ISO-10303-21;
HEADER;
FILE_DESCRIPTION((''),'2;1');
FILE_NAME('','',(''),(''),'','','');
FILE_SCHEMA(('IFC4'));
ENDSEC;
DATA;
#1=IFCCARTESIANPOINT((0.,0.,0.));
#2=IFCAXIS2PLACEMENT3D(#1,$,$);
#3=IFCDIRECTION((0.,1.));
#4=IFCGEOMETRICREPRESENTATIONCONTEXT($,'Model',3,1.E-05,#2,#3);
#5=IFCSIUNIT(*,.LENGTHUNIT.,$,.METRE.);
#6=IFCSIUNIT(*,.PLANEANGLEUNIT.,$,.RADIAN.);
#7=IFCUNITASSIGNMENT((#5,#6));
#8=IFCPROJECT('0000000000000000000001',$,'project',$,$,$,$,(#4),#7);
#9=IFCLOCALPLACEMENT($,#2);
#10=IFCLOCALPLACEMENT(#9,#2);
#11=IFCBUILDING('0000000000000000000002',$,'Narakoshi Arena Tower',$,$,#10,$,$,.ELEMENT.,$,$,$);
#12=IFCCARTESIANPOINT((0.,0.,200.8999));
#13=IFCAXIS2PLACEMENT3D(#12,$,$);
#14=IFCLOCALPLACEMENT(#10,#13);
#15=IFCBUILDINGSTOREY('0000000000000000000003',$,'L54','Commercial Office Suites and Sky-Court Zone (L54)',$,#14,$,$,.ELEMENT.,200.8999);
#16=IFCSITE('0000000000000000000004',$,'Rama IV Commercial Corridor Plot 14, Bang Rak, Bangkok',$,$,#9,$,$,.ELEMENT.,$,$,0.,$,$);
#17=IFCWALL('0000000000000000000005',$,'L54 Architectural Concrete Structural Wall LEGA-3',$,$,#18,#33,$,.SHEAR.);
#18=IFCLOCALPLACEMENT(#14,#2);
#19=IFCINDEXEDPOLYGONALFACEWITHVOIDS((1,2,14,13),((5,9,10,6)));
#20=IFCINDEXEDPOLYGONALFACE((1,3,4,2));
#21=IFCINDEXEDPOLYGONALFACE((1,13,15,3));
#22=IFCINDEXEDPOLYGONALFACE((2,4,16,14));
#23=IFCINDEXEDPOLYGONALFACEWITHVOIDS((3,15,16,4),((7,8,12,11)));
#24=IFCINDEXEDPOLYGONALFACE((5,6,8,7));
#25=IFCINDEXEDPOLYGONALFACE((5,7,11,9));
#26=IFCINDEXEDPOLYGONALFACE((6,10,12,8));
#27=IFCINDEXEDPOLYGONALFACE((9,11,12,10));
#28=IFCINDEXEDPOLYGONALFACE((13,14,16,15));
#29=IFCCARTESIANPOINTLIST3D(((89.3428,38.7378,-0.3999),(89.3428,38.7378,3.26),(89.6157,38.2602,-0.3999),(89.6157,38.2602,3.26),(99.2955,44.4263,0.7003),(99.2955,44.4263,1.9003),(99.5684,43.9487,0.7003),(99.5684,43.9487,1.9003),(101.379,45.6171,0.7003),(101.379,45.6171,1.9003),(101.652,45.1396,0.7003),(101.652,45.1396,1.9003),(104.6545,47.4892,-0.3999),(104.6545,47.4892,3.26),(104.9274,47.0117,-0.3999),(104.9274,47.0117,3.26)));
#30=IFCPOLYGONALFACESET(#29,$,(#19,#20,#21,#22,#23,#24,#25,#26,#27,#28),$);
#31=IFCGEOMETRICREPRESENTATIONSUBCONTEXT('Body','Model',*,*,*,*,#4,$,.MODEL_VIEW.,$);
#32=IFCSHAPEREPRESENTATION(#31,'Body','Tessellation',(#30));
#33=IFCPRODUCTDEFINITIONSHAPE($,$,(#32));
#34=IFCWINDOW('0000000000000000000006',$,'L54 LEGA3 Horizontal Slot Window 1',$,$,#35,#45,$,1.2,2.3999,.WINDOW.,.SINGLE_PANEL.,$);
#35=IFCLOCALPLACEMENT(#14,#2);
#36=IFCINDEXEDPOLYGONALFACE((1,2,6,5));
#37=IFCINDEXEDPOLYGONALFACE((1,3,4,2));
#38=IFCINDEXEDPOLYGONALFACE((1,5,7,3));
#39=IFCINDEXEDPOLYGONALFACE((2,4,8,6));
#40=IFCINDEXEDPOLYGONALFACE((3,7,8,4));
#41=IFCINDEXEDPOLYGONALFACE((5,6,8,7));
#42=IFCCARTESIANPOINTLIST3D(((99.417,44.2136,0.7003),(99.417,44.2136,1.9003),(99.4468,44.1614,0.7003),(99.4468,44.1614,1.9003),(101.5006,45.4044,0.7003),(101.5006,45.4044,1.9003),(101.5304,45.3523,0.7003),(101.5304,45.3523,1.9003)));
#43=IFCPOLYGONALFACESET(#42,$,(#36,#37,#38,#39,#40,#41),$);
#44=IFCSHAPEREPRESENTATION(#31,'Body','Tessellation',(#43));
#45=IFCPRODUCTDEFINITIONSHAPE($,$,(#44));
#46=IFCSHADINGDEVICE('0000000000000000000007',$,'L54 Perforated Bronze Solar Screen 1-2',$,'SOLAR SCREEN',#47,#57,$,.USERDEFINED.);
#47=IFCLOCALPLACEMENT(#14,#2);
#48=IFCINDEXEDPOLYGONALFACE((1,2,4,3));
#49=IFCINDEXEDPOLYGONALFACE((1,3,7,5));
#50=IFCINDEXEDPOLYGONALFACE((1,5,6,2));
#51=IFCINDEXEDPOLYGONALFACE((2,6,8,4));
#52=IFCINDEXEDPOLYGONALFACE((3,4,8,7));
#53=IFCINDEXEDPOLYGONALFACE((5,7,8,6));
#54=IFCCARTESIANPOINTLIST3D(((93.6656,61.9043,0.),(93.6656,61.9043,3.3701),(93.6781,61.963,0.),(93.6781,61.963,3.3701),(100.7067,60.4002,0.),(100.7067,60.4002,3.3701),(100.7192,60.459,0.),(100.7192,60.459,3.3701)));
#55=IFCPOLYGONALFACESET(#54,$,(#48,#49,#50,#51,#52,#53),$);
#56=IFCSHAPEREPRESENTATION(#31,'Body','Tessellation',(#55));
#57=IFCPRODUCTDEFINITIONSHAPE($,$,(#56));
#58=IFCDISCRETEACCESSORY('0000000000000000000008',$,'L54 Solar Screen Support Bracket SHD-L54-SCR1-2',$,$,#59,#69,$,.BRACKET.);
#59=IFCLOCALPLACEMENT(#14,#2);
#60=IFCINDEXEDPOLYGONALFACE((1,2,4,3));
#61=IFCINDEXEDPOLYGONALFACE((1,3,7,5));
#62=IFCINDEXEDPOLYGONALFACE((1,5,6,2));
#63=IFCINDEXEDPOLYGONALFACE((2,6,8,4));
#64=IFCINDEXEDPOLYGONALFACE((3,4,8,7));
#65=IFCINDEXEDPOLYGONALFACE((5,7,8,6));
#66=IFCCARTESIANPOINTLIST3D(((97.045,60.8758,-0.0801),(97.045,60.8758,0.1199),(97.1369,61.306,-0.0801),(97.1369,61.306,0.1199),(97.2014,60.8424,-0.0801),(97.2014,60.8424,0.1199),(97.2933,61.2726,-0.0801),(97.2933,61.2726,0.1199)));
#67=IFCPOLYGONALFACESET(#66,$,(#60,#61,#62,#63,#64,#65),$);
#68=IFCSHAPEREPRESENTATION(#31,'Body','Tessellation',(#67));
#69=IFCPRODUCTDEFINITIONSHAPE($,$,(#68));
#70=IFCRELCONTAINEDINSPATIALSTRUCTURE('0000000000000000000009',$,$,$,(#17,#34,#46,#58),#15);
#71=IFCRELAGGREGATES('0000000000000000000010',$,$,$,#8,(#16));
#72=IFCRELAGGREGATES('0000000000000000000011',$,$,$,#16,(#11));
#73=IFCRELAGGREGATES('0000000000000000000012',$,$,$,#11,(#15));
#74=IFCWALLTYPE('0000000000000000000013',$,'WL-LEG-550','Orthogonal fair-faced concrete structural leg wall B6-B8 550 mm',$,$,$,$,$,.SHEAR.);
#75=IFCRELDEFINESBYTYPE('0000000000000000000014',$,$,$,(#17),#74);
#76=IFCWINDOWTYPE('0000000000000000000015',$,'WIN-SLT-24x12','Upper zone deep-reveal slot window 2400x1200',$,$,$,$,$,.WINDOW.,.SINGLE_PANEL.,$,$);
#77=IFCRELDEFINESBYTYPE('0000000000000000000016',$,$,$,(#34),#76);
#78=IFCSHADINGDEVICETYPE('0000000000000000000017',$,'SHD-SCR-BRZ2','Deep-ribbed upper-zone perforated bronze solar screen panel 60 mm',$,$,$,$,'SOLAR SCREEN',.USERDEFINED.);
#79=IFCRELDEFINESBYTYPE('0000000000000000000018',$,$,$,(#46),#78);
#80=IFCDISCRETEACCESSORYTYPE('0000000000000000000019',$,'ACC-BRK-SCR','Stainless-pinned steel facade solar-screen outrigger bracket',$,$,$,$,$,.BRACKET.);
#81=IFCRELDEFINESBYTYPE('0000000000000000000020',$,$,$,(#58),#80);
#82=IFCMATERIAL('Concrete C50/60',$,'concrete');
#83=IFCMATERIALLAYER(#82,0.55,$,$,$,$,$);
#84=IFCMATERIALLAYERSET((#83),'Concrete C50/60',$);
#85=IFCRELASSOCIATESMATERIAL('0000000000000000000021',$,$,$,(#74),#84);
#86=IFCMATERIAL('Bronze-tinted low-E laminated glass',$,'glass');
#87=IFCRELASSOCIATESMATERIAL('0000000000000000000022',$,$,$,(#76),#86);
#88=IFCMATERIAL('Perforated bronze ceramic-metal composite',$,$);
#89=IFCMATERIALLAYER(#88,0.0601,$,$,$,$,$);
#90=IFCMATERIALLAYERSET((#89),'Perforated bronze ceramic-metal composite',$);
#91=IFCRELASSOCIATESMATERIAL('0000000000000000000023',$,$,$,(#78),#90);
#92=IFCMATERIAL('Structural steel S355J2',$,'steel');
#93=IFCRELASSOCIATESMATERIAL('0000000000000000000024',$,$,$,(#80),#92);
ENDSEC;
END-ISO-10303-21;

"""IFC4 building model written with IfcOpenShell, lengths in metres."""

from ifc_helpers import new_model, si_unit, direction, frame, frame_2d, origin, origin_2d, place, context, subcontext, project, spatial, rectangle, extrude, material, layer, layer_set, type_object, element, fill, save


model = new_model("IFC4")

# Units and contexts
model_context = context("Model", 3, precision=1e-05, world=origin(), true_north=direction((0.0, 1.0)))
body_context = subcontext(model_context, "Body", "Model", "MODEL_VIEW")
ifc_project = project(units=[si_unit("LENGTHUNIT", "METRE"), si_unit("PLANEANGLEUNIT", "RADIAN")], contexts=[model_context])

# Site, building, storey
site_placement = place(None, origin())
site = spatial("IfcSite", under=ifc_project, at=site_placement, Name="Rama IV Commercial Corridor Plot 14, Bang Rak, Bangkok", CompositionType="ELEMENT", RefElevation=0.0)
building_placement = place(site_placement, origin())
building = spatial("IfcBuilding", under=site, at=building_placement, Name="Narakoshi Arena Tower", CompositionType="ELEMENT")
storey_placement = place(building_placement, frame((0.0, 0.0, 200.8999)))
storey = spatial("IfcBuildingStorey", under=building, at=storey_placement, Name="L54", Description="Commercial Office Suites and Sky-Court Zone (L54)", CompositionType="ELEMENT", Elevation=200.8999)

# Shared definitions
ifc_material_1 = material(Name="Concrete C50/60", Category="concrete")

# Shared definitions
ifc_material_2 = material(Name="Structural steel S355J2", Category="steel")

# Shared definitions
ifc_material_3 = material(Name="Bronze-tinted low-E laminated glass", Category="glass")

# Wall, opening, window
ifc_layer_1 = layer(ifc_material_1, 0.55)
ifc_layer_set_1 = layer_set([ifc_layer_1], Name="Concrete C50/60")
wall_type = type_object("IfcWallType", Name="WL-LEG-550", Description="Orthogonal fair-faced concrete structural leg wall B6-B8 550 mm", PredefinedType="SHEAR", material=ifc_layer_set_1)
wall_placement = place(storey_placement, frame((89.4792, 38.499, -0.3999), z_axis=(0.0, 0.0, 1.0), x_axis=(0.868197, 0.496219, 0.0)))
wall = element("IfcWall", 1, at=wall_placement, inside=storey, type_object=wall_type, Name="L54 Architectural Concrete Structural Wall LEGA-3", PredefinedType="SHEAR", context=body_context, shape_type="SweptSolid", body=[
    extrude(rectangle(XDim=17.6362, YDim=0.55, at=frame_2d((8.8181, 0.0))), origin(), (0.0, 0.0, 1.0), 3.6599),
])
opening_placement = place(wall_placement, frame((11.4636, 0.0, 1.1001)))
opening = element("IfcOpeningElement", 2, at=opening_placement, cuts=wall, PredefinedType="OPENING", context=body_context, shape_type="SweptSolid", body=[
    extrude(rectangle(XDim=2.3999, YDim=1.2, at=frame_2d((1.2, 0.6001))), frame((0.0, 0.2849, 0.0), z_axis=(0.0, -1.0, 0.0), x_axis=(1.0, 0.0, 0.0)), (0.0, 0.0, 1.0), 0.5701),
])
window_type = type_object("IfcWindowType", Name="WIN-SLT-24x12", Description="Upper zone deep-reveal slot window 2400x1200", PartitioningType="SINGLE_PANEL", PredefinedType="WINDOW", material=ifc_material_3)
window_placement = place(opening_placement, origin())
window = element("IfcWindow", 3, at=window_placement, inside=storey, type_object=window_type, Name="L54 LEGA3 Horizontal Slot Window 1", OverallHeight=1.2, OverallWidth=2.3999, PartitioningType="SINGLE_PANEL", PredefinedType="WINDOW", context=body_context, shape_type="SweptSolid", body=[
    extrude(rectangle(XDim=2.3999, YDim=1.2, at=frame_2d((1.2, 0.6001))), frame((0.0, 0.03, 0.0), z_axis=(0.0, -1.0, 0.0), x_axis=(1.0, 0.0, 0.0)), (0.0, 0.0, 1.0), 0.0601),
])
fill(opening, window)

# Shading device
ifc_material_4 = material(Name="Perforated bronze ceramic-metal composite")
ifc_layer_2 = layer(ifc_material_4, 0.0601)
ifc_layer_set_2 = layer_set([ifc_layer_2], Name="Perforated bronze ceramic-metal composite")
shading_device_type = type_object("IfcShadingDeviceType", Name="SHD-SCR-BRZ2", Description="Deep-ribbed upper-zone perforated bronze solar screen panel 60 mm", ElementType="SOLAR SCREEN", PredefinedType="USERDEFINED", material=ifc_layer_set_2)
shading_device_placement = place(storey_placement, frame((97.1924, 61.1816, 0.0), z_axis=(0.0, 0.0, 1.0), x_axis=(-0.977937, 0.208902, 0.0)))
element("IfcShadingDevice", 4, at=shading_device_placement, inside=storey, type_object=shading_device_type, Name="L54 Perforated Bronze Solar Screen 1-2", ObjectType="SOLAR SCREEN", PredefinedType="USERDEFINED", context=body_context, shape_type="SweptSolid", body=[
    extrude(rectangle(XDim=7.2, YDim=0.0601, at=origin_2d()), origin(), (0.0, 0.0, 1.0), 3.3701),
])

# Discrete accessory
discrete_accessory_type = type_object("IfcDiscreteAccessoryType", Name="ACC-BRK-SCR", Description="Stainless-pinned steel facade solar-screen outrigger bracket", PredefinedType="BRACKET", material=ifc_material_2)
discrete_accessory_placement = place(storey_placement, frame((97.1692, 61.0742, -0.0801), z_axis=(0.0, 0.0, 1.0), x_axis=(-0.977937, 0.208902, 0.0)))
element("IfcDiscreteAccessory", 5, at=discrete_accessory_placement, inside=storey, type_object=discrete_accessory_type, Name="L54 Solar Screen Support Bracket SHD-L54-SCR1-2", PredefinedType="BRACKET", context=body_context, shape_type="SweptSolid", body=[
    extrude(rectangle(XDim=0.1599, YDim=0.4399, at=origin_2d()), origin(), (0.0, 0.0, 1.0), 0.2),
])

save(model, "model.ifc")
